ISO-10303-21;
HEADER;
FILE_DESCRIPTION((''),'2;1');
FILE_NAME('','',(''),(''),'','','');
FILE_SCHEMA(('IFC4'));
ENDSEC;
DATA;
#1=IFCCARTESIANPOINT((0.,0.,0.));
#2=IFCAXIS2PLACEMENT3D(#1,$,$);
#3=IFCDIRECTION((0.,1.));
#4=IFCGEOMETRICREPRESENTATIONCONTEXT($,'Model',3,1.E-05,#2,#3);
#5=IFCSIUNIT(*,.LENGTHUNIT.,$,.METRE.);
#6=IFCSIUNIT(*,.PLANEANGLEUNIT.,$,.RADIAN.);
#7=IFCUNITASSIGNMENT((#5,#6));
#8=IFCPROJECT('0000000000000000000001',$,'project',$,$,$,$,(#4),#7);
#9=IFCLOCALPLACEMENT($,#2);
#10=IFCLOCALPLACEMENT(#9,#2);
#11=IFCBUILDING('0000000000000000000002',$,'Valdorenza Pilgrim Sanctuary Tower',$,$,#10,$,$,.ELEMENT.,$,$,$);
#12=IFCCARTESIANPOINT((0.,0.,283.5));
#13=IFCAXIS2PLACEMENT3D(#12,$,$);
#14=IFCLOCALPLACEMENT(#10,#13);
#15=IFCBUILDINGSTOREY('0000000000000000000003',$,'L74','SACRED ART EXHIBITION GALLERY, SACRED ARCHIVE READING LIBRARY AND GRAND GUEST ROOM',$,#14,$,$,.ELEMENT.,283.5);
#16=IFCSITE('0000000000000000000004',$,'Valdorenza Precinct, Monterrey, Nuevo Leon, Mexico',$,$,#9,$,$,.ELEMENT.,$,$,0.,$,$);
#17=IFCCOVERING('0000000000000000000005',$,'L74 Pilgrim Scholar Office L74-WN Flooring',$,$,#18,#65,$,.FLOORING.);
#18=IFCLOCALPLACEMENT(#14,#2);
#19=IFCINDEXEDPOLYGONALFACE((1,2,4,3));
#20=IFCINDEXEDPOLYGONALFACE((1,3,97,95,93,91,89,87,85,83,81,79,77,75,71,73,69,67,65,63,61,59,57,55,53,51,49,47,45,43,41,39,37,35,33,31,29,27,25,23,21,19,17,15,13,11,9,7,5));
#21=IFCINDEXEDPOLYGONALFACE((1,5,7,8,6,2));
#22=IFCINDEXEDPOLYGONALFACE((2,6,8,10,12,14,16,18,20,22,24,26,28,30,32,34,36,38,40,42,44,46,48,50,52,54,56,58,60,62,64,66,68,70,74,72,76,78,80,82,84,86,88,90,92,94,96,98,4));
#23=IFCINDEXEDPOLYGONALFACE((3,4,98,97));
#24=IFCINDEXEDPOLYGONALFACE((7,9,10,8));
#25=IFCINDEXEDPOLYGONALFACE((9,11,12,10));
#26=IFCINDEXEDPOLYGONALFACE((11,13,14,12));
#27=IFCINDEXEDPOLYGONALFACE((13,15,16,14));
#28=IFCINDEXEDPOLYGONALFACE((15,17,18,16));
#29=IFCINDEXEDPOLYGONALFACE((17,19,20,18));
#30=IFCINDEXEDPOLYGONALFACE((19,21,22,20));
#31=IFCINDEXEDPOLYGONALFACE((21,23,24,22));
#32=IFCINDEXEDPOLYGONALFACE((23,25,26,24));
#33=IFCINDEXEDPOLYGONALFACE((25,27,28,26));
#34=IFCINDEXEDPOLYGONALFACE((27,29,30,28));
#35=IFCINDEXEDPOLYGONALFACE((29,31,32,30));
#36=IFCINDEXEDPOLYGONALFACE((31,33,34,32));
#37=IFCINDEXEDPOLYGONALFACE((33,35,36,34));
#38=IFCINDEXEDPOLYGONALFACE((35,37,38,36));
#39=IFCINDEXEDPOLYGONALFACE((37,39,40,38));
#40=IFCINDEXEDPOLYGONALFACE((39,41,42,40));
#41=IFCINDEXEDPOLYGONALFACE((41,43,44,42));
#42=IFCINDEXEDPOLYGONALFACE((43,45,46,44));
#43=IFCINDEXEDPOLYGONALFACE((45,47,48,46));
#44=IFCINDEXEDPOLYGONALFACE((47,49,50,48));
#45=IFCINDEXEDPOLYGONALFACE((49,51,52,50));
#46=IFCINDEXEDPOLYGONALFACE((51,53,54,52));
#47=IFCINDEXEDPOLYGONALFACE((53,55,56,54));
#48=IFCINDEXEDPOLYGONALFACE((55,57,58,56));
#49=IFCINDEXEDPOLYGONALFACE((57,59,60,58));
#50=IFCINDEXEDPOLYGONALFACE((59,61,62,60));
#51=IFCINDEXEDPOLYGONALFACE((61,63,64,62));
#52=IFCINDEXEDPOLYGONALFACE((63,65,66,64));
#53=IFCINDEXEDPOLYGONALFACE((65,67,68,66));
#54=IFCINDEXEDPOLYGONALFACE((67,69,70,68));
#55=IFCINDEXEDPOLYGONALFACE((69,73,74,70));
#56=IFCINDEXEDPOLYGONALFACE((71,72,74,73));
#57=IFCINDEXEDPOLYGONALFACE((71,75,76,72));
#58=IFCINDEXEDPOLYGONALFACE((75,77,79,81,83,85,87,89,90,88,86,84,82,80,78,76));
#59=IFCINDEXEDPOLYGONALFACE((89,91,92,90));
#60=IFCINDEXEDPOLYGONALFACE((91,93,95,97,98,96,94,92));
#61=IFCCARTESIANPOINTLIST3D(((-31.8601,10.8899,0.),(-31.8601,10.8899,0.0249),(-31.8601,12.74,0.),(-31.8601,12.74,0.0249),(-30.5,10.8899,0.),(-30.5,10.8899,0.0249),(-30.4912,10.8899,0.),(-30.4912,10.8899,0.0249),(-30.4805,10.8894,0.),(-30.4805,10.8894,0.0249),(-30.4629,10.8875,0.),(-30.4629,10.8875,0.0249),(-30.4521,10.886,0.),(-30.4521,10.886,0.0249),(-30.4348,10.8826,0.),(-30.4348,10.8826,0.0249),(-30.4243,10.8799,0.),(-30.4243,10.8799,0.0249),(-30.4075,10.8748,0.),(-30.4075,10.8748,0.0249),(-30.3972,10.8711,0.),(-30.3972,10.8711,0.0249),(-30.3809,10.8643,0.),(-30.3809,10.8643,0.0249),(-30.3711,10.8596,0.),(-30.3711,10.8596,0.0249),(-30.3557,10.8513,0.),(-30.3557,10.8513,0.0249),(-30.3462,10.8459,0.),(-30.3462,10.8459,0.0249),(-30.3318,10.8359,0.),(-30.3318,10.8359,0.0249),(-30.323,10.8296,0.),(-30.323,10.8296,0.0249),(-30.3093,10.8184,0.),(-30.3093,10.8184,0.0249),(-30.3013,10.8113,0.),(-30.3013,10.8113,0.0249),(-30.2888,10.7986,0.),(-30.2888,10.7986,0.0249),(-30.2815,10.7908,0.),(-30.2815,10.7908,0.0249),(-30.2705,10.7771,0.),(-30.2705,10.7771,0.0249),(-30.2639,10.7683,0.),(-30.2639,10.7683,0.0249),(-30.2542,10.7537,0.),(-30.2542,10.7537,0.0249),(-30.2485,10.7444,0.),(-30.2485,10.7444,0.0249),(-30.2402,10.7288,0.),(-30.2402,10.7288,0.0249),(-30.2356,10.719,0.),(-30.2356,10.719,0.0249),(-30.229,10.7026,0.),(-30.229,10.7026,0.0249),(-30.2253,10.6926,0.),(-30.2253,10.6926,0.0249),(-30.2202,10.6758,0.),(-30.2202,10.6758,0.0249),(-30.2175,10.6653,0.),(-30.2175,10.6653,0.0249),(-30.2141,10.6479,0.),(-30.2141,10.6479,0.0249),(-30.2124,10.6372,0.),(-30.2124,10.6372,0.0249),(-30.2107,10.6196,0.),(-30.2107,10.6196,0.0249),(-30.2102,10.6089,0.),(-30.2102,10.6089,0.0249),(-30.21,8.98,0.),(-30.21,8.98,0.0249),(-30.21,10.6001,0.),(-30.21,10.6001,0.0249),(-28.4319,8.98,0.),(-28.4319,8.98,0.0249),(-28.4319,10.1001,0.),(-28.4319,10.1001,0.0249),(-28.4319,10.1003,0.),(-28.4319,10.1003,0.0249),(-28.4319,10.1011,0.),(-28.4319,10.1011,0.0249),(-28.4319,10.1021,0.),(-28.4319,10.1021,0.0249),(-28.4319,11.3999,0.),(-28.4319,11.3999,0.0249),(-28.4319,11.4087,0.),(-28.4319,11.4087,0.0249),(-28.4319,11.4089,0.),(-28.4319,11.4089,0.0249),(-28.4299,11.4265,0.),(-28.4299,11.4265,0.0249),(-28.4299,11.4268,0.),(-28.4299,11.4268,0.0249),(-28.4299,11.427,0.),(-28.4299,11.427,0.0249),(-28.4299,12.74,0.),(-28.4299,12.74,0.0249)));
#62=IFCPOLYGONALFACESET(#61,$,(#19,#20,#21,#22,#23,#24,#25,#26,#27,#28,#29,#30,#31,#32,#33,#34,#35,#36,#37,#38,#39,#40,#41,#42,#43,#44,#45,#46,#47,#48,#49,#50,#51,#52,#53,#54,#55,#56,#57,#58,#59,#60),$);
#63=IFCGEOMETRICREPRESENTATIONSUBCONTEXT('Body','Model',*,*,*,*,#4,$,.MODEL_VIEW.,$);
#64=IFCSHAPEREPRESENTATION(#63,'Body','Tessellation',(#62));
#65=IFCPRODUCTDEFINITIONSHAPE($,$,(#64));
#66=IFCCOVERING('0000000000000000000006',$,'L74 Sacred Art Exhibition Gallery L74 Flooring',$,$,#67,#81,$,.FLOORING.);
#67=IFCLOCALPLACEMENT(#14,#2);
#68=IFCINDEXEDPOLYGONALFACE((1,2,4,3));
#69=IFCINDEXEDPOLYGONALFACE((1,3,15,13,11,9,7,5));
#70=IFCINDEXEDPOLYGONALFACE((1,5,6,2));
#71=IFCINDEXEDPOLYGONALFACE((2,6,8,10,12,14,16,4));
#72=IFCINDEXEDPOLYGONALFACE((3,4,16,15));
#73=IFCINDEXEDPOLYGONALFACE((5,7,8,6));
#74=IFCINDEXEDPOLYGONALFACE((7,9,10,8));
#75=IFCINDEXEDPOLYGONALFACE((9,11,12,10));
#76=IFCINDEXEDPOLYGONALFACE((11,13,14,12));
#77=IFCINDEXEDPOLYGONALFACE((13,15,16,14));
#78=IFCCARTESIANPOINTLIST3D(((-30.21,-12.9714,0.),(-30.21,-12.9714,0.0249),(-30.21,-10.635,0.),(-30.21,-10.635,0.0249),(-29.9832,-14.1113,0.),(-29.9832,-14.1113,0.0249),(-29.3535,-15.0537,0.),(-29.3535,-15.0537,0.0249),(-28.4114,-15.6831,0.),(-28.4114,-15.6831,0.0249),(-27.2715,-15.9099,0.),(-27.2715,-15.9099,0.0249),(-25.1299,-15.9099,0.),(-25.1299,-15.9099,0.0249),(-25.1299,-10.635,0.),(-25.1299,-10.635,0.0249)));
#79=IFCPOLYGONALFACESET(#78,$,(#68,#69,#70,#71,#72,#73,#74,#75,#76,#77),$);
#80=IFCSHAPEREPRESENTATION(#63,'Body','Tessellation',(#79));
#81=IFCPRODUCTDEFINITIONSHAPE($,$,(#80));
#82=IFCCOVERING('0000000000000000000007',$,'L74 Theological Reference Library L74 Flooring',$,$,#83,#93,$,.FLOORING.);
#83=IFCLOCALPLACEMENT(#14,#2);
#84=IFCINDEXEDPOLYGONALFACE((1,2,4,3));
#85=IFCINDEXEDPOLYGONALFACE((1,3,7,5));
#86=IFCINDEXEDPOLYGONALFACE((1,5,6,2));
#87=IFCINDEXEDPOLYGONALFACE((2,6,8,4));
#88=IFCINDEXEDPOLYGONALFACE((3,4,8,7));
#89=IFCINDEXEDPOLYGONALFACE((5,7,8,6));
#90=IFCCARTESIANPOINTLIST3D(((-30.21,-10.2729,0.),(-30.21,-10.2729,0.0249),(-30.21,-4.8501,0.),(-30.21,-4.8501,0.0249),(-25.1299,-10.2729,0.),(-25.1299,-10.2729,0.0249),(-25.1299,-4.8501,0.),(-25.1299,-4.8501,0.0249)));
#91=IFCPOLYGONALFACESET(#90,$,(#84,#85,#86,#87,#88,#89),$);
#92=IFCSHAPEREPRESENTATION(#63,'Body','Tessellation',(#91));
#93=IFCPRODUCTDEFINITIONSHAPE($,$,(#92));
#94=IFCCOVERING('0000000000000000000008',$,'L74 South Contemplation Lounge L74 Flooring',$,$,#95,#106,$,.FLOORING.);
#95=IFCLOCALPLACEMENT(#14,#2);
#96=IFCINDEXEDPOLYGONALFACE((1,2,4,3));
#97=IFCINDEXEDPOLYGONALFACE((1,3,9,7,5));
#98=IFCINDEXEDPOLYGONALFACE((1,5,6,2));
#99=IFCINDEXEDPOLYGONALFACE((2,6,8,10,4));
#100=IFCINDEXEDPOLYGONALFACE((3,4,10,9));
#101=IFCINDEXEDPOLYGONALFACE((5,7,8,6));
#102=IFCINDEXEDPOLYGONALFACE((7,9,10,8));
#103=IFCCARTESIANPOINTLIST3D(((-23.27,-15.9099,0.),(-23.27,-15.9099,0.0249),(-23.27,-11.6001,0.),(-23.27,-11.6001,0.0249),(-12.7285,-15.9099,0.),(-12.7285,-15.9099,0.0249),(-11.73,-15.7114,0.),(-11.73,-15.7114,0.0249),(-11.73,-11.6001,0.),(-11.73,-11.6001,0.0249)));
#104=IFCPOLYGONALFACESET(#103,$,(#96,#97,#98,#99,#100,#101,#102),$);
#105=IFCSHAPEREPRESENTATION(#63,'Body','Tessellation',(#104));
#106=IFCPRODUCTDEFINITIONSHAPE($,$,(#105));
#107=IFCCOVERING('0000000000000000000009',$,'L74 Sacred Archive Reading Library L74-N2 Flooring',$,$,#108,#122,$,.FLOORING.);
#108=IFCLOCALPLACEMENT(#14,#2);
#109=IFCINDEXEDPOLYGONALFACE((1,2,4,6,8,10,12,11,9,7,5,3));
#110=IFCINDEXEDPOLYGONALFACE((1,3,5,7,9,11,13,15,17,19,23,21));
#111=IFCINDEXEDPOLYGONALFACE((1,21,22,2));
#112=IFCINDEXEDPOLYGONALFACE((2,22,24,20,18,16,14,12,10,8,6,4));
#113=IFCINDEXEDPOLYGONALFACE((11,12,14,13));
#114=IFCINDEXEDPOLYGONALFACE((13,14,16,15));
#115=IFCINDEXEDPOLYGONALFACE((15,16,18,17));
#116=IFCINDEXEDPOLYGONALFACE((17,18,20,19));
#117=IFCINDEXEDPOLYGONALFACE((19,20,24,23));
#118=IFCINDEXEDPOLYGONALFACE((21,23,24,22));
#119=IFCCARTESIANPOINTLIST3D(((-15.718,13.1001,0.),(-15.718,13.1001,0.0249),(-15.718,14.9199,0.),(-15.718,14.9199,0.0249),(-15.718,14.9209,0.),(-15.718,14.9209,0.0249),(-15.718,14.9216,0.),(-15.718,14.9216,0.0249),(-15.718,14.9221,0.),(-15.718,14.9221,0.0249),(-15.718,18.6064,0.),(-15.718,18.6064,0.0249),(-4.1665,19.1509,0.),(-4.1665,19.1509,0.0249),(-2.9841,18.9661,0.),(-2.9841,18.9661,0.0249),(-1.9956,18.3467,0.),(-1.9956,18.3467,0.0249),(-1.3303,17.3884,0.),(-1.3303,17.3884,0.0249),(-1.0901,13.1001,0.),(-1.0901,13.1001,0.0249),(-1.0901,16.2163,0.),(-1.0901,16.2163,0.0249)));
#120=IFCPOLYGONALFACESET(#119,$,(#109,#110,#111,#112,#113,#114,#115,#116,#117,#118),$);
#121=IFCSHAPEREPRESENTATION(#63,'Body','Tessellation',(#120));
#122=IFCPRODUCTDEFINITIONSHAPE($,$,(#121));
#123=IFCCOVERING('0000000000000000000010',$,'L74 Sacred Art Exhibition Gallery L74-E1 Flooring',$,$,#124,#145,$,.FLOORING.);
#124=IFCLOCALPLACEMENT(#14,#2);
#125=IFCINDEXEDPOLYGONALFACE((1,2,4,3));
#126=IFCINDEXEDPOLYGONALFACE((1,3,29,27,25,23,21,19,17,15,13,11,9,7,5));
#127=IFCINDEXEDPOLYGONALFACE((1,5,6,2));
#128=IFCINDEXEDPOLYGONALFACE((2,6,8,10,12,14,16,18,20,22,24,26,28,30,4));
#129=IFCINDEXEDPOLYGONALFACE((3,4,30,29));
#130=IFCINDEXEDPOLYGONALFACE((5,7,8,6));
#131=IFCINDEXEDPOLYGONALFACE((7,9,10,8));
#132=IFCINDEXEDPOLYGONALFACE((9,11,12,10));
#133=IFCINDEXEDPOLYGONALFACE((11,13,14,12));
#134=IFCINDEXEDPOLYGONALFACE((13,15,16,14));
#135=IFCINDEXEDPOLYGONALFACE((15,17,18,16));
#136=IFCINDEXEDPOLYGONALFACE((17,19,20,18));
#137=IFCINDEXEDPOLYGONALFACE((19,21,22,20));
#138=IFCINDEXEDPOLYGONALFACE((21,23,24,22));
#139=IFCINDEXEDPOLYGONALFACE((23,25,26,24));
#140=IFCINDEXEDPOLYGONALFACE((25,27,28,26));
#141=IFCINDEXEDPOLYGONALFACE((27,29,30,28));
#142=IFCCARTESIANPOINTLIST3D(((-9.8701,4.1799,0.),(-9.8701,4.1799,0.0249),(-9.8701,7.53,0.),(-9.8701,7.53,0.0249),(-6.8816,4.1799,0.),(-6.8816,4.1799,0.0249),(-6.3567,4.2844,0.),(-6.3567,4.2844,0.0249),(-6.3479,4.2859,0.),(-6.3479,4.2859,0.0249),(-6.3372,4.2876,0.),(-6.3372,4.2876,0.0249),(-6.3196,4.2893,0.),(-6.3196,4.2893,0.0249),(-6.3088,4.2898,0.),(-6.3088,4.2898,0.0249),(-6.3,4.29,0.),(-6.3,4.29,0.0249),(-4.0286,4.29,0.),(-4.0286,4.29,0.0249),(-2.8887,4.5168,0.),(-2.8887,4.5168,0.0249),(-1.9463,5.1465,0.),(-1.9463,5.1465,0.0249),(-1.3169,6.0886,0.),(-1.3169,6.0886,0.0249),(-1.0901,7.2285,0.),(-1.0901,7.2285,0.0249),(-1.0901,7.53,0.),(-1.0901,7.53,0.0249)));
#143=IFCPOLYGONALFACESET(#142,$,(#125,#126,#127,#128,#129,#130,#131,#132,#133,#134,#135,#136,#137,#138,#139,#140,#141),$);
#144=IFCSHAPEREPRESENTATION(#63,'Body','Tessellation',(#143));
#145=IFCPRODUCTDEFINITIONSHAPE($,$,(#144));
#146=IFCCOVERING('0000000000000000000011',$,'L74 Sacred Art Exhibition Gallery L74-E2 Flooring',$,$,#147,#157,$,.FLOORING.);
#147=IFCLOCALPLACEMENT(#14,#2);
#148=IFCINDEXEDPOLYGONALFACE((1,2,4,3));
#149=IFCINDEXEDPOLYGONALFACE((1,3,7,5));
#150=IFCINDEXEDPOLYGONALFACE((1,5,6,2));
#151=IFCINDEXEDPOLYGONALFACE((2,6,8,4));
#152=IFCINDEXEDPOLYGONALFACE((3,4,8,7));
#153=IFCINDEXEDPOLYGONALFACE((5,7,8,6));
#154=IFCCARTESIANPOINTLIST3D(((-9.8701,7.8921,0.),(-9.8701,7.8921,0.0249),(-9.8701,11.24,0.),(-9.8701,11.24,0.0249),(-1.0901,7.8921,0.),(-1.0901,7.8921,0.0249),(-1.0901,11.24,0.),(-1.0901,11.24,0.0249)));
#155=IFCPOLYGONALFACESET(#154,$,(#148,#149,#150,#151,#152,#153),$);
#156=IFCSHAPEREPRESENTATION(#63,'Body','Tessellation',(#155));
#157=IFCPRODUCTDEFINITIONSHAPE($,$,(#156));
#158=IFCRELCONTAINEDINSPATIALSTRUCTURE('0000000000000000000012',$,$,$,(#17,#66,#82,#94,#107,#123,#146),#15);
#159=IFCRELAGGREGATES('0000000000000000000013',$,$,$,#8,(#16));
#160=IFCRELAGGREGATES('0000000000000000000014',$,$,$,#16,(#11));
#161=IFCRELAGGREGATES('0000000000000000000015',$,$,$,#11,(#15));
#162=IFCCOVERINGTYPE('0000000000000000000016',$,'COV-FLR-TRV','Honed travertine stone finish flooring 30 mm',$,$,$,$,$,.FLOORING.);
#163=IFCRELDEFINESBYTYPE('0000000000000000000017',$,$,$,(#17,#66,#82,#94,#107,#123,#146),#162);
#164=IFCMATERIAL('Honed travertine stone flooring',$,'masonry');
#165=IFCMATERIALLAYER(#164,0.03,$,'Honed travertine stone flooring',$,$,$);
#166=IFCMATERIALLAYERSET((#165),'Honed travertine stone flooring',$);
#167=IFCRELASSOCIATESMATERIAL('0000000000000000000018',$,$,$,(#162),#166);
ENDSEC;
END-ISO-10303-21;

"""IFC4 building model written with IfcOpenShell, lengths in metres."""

from ifc_helpers import new_model, si_unit, direction, frame, origin, place, context, subcontext, project, spatial, polyline, outline, extrude, material, layer, layer_set, type_object, element, save


model = new_model("IFC4")

# Units and contexts
model_context = context("Model", 3, precision=1e-05, world=origin(), true_north=direction((0.0, 1.0)))
body_context = subcontext(model_context, "Body", "Model", "MODEL_VIEW")
ifc_project = project(units=[si_unit("LENGTHUNIT", "METRE"), si_unit("PLANEANGLEUNIT", "RADIAN")], contexts=[model_context])

# Site, building, storey
site_placement = place(None, origin())
site = spatial("IfcSite", under=ifc_project, at=site_placement, Name="Valdorenza Precinct, Monterrey, Nuevo Leon, Mexico", CompositionType="ELEMENT", RefElevation=0.0)
building_placement = place(site_placement, origin())
building = spatial("IfcBuilding", under=site, at=building_placement, Name="Valdorenza Pilgrim Sanctuary Tower", CompositionType="ELEMENT")
storey_placement = place(building_placement, frame((0.0, 0.0, 283.5)))
storey = spatial("IfcBuildingStorey", under=building, at=storey_placement, Name="L74", Description="SACRED ART EXHIBITION GALLERY, SACRED ARCHIVE READING LIBRARY AND GRAND GUEST ROOM", CompositionType="ELEMENT", Elevation=283.5)

# Coverings
ifc_material_1 = material(Name="Honed travertine stone flooring", Category="masonry")
ifc_layer_1 = layer(ifc_material_1, 0.03, Name="Honed travertine stone flooring")
ifc_layer_set_1 = layer_set([ifc_layer_1], Name="Honed travertine stone flooring")
covering_type_1 = type_object("IfcCoveringType", Name="COV-FLR-TRV", Description="Honed travertine stone finish flooring 30 mm", PredefinedType="FLOORING", material=ifc_layer_set_1)
covering_1_placement = place(storey_placement, origin())
element("IfcCovering", 1, at=covering_1_placement, inside=storey, type_object=covering_type_1, Name="L74 Pilgrim Scholar Office L74-WN Flooring", PredefinedType="FLOORING", context=body_context, shape_type="SweptSolid", body=[
    extrude(outline(polyline([(-28.4319, 10.1003), (-28.4319, 10.1001), (-28.4319, 8.98), (-30.21, 8.98), (-30.21, 10.6001), (-30.2102, 10.6089), (-30.2107, 10.6196), (-30.2124, 10.6372), (-30.2141, 10.6479), (-30.2175, 10.6653), (-30.2202, 10.6758), (-30.2253, 10.6926), (-30.229, 10.7026), (-30.2356, 10.719), (-30.2402, 10.7288), (-30.2485, 10.7444), (-30.2542, 10.7537), (-30.2639, 10.7683), (-30.2705, 10.7771), (-30.2815, 10.7908), (-30.2888, 10.7986), (-30.3013, 10.8113), (-30.3093, 10.8184), (-30.323, 10.8296), (-30.3318, 10.8359), (-30.3462, 10.8459), (-30.3557, 10.8513), (-30.3711, 10.8596), (-30.3809, 10.8643), (-30.3972, 10.8711), (-30.4075, 10.8748), (-30.4243, 10.8799), (-30.4348, 10.8826), (-30.4521, 10.886), (-30.4629, 10.8875), (-30.4805, 10.8894), (-30.4912, 10.8899), (-30.5, 10.8899), (-31.8601, 10.8899), (-31.8601, 12.74), (-28.4299, 12.74), (-28.4299, 11.427), (-28.4299, 11.4268), (-28.4299, 11.4265), (-28.4319, 11.4089), (-28.4319, 11.4087), (-28.4319, 11.3999), (-28.4319, 10.1021), (-28.4319, 10.1011), (-28.4319, 10.1003)])), origin(), (0.0, 0.0, 1.0), 0.0249),
])
covering_2_placement = place(storey_placement, origin())
element("IfcCovering", 2, at=covering_2_placement, inside=storey, type_object=covering_type_1, Name="L74 Sacred Art Exhibition Gallery L74 Flooring", PredefinedType="FLOORING", context=body_context, shape_type="SweptSolid", body=[
    extrude(outline(polyline([(-25.1299, -15.9099), (-27.2715, -15.9099), (-28.4114, -15.6831), (-29.3535, -15.0537), (-29.9832, -14.1113), (-30.21, -12.9714), (-30.21, -10.635), (-25.1299, -10.635), (-25.1299, -15.9099)])), origin(), (0.0, 0.0, 1.0), 0.0249),
])
covering_3_placement = place(storey_placement, origin())
element("IfcCovering", 3, at=covering_3_placement, inside=storey, type_object=covering_type_1, Name="L74 Theological Reference Library L74 Flooring", PredefinedType="FLOORING", context=body_context, shape_type="SweptSolid", body=[
    extrude(outline(polyline([(-25.1299, -10.2729), (-30.21, -10.2729), (-30.21, -4.8501), (-25.1299, -4.8501), (-25.1299, -10.2729)])), origin(), (0.0, 0.0, 1.0), 0.0249),
])
covering_4_placement = place(storey_placement, origin())
element("IfcCovering", 4, at=covering_4_placement, inside=storey, type_object=covering_type_1, Name="L74 South Contemplation Lounge L74 Flooring", PredefinedType="FLOORING", context=body_context, shape_type="SweptSolid", body=[
    extrude(outline(polyline([(-11.73, -11.6001), (-11.73, -15.7114), (-12.7285, -15.9099), (-23.27, -15.9099), (-23.27, -11.6001), (-11.73, -11.6001)])), origin(), (0.0, 0.0, 1.0), 0.0249),
])
covering_5_placement = place(storey_placement, origin())
element("IfcCovering", 5, at=covering_5_placement, inside=storey, type_object=covering_type_1, Name="L74 Sacred Archive Reading Library L74-N2 Flooring", PredefinedType="FLOORING", context=body_context, shape_type="SweptSolid", body=[
    extrude(outline(polyline([(-15.718, 14.9216), (-15.718, 14.9221), (-15.718, 18.6064), (-4.1665, 19.1509), (-2.9841, 18.9661), (-1.9956, 18.3467), (-1.3303, 17.3884), (-1.0901, 16.2163), (-1.0901, 13.1001), (-15.718, 13.1001), (-15.718, 14.9199), (-15.718, 14.9209), (-15.718, 14.9216)])), origin(), (0.0, 0.0, 1.0), 0.0249),
])
covering_6_placement = place(storey_placement, origin())
element("IfcCovering", 6, at=covering_6_placement, inside=storey, type_object=covering_type_1, Name="L74 Sacred Art Exhibition Gallery L74-E1 Flooring", PredefinedType="FLOORING", context=body_context, shape_type="SweptSolid", body=[
    extrude(outline(polyline([(-9.8701, 7.53), (-1.0901, 7.53), (-1.0901, 7.2285), (-1.3169, 6.0886), (-1.9463, 5.1465), (-2.8887, 4.5168), (-4.0286, 4.29), (-6.3, 4.29), (-6.3088, 4.2898), (-6.3196, 4.2893), (-6.3372, 4.2876), (-6.3479, 4.2859), (-6.3567, 4.2844), (-6.8816, 4.1799), (-9.8701, 4.1799), (-9.8701, 7.53)])), origin(), (0.0, 0.0, 1.0), 0.0249),
])
covering_7_placement = place(storey_placement, origin())
element("IfcCovering", 7, at=covering_7_placement, inside=storey, type_object=covering_type_1, Name="L74 Sacred Art Exhibition Gallery L74-E2 Flooring", PredefinedType="FLOORING", context=body_context, shape_type="SweptSolid", body=[
    extrude(outline(polyline([(-9.8701, 11.24), (-1.0901, 11.24), (-1.0901, 7.8921), (-9.8701, 7.8921), (-9.8701, 11.24)])), origin(), (0.0, 0.0, 1.0), 0.0249),
])

save(model, "model.ifc")
